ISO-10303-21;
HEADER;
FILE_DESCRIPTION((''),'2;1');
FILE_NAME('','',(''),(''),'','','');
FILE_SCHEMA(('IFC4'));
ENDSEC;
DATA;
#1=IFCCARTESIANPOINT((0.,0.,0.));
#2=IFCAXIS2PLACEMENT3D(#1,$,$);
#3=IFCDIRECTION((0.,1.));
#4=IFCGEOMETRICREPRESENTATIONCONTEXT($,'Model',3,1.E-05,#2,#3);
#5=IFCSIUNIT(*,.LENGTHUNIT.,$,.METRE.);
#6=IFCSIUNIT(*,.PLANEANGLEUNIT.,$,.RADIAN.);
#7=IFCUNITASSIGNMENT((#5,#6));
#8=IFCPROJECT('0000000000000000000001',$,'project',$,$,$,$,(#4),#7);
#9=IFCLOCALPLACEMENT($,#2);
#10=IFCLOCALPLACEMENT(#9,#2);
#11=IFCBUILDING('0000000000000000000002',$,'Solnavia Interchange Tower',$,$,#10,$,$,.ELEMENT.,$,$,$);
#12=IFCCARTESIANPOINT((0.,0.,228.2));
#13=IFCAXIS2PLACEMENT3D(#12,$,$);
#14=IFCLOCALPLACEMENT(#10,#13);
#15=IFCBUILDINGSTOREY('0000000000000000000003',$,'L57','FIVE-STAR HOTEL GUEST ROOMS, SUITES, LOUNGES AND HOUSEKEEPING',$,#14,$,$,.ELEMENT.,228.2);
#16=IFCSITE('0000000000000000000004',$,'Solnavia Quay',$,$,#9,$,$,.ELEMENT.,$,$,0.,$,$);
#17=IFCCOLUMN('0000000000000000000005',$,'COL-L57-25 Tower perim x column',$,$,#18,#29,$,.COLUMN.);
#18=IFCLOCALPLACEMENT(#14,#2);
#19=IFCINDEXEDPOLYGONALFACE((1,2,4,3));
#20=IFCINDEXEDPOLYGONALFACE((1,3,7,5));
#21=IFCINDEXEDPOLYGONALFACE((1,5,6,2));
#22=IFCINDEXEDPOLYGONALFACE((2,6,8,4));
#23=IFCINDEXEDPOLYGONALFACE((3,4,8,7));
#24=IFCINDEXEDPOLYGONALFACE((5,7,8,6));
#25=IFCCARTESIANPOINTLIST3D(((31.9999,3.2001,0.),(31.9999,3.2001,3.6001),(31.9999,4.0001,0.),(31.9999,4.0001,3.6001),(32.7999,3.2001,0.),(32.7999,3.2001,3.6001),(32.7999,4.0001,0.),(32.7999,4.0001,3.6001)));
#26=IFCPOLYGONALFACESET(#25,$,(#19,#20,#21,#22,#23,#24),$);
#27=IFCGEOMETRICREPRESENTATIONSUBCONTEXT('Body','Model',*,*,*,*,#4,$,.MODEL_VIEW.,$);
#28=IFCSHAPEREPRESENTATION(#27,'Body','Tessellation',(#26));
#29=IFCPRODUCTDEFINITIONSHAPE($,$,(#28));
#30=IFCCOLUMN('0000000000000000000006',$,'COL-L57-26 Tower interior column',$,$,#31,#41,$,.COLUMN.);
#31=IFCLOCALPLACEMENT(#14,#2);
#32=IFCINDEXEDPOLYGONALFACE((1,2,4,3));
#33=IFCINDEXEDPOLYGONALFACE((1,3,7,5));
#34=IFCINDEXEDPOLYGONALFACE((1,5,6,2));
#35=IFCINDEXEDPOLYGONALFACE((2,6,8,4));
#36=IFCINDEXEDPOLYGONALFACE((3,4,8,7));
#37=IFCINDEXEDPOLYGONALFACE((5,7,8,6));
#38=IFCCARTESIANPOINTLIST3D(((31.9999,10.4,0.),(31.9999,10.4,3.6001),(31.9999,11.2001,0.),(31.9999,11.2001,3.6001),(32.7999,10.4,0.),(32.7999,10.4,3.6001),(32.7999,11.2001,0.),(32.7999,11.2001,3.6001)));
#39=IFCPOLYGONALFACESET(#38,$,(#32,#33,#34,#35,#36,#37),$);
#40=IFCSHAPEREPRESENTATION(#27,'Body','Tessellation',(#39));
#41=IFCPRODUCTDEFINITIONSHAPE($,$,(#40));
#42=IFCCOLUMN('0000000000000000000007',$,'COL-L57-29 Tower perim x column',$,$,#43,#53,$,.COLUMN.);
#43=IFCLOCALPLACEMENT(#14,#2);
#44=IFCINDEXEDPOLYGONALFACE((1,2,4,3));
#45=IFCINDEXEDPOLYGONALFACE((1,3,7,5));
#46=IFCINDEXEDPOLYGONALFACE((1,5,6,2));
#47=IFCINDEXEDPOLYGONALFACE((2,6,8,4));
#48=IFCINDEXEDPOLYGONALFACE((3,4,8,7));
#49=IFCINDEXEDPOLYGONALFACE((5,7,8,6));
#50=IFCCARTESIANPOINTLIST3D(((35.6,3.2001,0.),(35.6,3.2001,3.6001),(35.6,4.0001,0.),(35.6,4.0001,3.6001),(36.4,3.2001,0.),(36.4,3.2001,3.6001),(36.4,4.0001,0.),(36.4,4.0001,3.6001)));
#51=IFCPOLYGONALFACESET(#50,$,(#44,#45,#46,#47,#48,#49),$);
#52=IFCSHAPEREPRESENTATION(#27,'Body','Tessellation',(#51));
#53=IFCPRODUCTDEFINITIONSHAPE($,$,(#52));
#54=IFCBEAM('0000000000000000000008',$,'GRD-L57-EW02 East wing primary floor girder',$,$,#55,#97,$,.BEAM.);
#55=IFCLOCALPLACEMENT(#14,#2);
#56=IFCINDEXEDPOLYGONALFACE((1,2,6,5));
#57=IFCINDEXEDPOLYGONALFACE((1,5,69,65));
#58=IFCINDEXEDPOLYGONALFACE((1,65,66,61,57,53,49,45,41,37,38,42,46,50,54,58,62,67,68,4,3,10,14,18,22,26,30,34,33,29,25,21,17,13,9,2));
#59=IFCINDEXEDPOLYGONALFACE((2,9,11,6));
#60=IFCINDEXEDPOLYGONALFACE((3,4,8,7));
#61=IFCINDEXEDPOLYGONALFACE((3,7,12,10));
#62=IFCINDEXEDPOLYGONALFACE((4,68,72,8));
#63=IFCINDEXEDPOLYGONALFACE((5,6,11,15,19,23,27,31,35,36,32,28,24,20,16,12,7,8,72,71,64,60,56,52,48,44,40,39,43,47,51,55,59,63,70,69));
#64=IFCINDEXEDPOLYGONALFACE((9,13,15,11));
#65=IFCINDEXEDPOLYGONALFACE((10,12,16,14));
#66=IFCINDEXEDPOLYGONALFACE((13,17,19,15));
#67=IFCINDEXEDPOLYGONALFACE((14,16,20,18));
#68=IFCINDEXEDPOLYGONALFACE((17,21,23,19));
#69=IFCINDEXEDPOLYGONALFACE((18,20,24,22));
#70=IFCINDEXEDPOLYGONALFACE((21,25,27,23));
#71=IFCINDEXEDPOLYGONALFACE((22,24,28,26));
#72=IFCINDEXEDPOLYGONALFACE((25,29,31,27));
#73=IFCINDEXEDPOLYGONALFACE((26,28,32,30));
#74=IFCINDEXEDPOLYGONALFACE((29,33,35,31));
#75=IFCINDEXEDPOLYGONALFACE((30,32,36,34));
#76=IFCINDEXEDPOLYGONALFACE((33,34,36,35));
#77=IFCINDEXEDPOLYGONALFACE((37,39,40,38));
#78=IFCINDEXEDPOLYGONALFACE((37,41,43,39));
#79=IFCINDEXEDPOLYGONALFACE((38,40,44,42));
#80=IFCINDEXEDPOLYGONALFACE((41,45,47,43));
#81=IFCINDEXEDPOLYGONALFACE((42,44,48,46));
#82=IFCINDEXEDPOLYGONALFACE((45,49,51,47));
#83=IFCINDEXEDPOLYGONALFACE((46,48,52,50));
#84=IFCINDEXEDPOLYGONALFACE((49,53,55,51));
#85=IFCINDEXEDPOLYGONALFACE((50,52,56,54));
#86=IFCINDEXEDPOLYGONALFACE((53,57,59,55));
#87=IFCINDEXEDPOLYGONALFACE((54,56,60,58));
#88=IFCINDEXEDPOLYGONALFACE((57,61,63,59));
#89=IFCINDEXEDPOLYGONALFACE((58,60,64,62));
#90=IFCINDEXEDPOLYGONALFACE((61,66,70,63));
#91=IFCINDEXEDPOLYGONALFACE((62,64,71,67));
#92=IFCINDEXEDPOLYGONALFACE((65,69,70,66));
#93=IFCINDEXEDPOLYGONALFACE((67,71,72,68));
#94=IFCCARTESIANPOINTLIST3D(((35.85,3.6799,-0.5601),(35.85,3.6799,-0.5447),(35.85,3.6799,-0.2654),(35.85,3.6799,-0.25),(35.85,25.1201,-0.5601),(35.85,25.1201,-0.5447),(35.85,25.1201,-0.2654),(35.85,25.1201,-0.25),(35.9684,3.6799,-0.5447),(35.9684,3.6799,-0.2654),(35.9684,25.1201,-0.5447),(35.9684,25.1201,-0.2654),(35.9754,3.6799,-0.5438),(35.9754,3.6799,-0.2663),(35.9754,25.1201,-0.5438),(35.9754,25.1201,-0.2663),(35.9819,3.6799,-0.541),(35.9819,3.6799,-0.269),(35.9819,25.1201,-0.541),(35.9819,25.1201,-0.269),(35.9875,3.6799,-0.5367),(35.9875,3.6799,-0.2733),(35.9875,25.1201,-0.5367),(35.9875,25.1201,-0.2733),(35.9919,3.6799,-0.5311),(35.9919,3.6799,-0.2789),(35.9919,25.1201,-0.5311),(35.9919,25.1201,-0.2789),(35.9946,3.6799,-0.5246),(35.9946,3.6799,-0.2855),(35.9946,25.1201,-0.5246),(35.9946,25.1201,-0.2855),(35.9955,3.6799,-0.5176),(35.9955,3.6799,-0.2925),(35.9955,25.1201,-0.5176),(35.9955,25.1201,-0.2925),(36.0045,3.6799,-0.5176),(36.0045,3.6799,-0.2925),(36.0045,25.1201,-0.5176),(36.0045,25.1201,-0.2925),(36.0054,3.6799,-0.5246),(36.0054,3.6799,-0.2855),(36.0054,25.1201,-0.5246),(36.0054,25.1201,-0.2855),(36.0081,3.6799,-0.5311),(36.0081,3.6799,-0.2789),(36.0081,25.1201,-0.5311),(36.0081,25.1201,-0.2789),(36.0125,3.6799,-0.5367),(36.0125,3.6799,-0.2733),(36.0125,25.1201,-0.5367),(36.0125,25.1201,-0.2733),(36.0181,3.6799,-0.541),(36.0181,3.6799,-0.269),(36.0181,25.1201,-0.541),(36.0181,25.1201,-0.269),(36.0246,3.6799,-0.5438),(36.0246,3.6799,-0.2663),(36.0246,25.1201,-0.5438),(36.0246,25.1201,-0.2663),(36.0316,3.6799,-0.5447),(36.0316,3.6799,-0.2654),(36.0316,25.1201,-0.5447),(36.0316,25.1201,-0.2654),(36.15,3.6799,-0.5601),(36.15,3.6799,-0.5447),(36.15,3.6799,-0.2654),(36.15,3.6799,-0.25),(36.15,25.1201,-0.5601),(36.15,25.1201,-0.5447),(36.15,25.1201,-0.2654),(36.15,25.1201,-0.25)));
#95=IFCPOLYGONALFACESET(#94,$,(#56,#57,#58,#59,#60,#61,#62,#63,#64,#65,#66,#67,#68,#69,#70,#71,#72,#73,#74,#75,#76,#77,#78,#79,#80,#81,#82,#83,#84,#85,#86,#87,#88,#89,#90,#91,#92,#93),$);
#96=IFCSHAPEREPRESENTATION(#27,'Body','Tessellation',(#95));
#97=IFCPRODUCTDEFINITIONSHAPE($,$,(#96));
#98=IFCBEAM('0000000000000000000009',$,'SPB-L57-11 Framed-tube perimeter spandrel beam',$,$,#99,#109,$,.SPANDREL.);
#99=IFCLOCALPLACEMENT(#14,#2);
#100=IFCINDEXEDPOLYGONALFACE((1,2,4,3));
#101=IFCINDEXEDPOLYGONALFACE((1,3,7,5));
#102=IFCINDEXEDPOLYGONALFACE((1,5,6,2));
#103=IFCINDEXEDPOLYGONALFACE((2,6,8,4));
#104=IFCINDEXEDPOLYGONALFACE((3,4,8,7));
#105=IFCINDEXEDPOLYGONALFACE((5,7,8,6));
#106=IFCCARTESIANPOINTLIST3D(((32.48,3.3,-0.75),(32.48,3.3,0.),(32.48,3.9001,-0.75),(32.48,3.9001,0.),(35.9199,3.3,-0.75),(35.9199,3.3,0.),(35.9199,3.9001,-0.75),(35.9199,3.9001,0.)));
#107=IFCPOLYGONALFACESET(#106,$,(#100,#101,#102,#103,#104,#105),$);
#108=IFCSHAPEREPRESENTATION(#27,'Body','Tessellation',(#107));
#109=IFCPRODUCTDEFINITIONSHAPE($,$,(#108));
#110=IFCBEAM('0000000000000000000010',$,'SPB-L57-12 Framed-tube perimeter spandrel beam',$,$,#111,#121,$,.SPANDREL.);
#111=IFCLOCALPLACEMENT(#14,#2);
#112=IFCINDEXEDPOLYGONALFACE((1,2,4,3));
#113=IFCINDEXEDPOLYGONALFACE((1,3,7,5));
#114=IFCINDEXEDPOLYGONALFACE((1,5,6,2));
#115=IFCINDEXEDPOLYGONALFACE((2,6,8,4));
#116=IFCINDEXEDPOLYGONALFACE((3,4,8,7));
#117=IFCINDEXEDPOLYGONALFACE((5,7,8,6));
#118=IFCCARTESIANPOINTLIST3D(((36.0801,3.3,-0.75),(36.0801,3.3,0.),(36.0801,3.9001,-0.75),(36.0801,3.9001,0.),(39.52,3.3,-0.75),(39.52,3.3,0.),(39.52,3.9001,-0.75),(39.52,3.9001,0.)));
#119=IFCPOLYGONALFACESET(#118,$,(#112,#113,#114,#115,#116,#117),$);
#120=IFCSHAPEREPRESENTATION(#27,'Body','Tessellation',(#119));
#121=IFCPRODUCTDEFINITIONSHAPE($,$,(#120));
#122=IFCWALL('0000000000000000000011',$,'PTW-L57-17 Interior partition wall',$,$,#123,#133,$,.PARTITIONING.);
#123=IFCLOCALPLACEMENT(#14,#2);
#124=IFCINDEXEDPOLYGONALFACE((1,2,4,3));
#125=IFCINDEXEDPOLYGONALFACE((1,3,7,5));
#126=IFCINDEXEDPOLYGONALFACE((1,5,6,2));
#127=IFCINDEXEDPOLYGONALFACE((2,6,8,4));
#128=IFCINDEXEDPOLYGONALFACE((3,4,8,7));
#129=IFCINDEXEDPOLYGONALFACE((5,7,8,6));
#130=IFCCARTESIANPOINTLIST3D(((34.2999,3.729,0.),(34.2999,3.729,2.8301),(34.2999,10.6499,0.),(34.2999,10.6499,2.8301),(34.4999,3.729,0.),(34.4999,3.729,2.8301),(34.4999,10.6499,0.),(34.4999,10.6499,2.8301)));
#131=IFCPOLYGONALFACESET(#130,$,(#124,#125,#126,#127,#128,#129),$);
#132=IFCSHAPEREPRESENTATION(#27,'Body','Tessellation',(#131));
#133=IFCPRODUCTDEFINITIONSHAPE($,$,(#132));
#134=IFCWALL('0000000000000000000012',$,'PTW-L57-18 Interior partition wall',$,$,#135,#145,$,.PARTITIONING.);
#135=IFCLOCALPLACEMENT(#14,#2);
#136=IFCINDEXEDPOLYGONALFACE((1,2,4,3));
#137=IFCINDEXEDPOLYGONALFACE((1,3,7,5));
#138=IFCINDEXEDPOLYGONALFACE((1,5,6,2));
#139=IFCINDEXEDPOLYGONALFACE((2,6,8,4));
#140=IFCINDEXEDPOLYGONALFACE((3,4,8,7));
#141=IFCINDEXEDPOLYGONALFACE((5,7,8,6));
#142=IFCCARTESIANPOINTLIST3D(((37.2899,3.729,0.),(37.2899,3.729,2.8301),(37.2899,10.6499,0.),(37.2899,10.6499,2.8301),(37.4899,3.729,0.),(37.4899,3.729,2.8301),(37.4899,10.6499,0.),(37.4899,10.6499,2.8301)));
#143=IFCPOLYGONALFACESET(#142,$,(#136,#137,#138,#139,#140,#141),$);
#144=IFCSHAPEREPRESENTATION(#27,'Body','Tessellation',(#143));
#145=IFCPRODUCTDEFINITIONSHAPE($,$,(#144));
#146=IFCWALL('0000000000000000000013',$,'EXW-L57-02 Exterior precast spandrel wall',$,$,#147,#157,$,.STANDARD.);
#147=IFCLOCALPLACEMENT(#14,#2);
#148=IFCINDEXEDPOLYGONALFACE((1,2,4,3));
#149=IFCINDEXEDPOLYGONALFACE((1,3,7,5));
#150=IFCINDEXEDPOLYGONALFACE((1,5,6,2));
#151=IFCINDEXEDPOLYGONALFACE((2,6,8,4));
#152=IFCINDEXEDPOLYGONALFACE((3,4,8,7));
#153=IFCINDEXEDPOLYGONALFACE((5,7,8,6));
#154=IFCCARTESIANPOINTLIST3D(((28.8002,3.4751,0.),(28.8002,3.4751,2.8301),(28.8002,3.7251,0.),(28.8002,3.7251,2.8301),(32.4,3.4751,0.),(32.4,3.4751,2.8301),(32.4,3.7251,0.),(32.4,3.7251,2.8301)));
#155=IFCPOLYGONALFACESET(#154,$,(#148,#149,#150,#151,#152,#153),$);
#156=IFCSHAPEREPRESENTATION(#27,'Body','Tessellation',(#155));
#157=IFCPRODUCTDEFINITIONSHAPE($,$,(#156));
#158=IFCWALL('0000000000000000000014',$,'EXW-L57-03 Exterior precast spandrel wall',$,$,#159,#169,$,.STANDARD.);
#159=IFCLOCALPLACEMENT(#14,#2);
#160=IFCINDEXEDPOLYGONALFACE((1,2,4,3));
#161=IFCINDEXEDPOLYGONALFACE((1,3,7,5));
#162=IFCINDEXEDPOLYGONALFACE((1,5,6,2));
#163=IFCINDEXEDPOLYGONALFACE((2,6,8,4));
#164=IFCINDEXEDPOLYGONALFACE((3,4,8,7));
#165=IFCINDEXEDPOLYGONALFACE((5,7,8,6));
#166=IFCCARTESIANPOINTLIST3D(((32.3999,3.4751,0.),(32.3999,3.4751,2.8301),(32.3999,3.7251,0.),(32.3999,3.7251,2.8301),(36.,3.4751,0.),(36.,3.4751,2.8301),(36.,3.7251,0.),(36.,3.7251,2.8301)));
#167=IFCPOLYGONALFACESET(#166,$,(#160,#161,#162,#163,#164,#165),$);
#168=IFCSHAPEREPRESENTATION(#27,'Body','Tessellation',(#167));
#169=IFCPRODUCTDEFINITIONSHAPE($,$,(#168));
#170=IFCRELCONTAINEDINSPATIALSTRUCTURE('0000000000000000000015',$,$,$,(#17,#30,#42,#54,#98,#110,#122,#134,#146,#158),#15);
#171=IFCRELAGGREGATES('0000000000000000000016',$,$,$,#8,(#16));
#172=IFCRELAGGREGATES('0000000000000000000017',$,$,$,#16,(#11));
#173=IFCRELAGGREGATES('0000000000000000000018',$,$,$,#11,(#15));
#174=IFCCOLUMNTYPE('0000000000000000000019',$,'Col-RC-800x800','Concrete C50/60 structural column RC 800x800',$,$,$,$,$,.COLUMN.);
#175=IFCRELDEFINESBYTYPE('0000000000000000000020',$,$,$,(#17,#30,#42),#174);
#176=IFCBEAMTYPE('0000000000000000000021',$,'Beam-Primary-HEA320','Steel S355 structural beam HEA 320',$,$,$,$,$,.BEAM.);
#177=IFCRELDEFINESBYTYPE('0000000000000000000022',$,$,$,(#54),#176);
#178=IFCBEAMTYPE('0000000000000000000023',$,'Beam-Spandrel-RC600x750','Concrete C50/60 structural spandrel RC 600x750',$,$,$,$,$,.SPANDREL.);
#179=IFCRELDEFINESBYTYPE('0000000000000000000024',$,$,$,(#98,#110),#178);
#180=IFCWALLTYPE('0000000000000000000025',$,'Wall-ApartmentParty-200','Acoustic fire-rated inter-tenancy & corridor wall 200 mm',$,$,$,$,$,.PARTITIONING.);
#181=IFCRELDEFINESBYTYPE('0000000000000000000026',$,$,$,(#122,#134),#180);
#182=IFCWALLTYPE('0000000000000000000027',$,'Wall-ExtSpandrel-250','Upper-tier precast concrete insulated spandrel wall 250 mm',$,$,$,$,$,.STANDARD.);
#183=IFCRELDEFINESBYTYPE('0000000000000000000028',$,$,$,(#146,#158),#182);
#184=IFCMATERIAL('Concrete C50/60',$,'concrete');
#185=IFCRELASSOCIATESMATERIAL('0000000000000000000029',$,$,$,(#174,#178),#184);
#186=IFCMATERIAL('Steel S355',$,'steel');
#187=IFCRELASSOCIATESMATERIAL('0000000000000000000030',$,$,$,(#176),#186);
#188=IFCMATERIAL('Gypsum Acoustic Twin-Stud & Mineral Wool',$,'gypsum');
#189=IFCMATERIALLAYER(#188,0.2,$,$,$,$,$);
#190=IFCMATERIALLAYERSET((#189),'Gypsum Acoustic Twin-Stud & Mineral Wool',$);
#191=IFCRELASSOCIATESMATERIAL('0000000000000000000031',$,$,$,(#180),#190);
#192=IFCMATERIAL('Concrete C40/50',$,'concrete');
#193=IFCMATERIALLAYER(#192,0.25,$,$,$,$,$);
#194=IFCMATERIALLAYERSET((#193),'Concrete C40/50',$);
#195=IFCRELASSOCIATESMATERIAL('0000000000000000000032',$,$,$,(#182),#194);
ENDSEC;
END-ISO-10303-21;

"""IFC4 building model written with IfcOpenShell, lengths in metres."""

from ifc_helpers import new_model, si_unit, direction, frame, frame_2d, origin, origin_2d, place, context, subcontext, project, spatial, rectangle, i_section, extrude, material, layer, layer_set, material_profile, profile_set, type_object, element, save


model = new_model("IFC4")

# Units and contexts
model_context = context("Model", 3, precision=1e-05, world=origin(), true_north=direction((0.0, 1.0)))
body_context = subcontext(model_context, "Body", "Model", "MODEL_VIEW")
ifc_project = project(units=[si_unit("LENGTHUNIT", "METRE"), si_unit("PLANEANGLEUNIT", "RADIAN")], contexts=[model_context])

# Site, building, storey
site_placement = place(None, origin())
site = spatial("IfcSite", under=ifc_project, at=site_placement, Name="Solnavia Quay", CompositionType="ELEMENT", RefElevation=0.0)
building_placement = place(site_placement, origin())
building = spatial("IfcBuilding", under=site, at=building_placement, Name="Solnavia Interchange Tower", CompositionType="ELEMENT")
storey_placement = place(building_placement, frame((0.0, 0.0, 228.2)))
storey = spatial("IfcBuildingStorey", under=building, at=storey_placement, Name="L57", Description="FIVE-STAR HOTEL GUEST ROOMS, SUITES, LOUNGES AND HOUSEKEEPING", CompositionType="ELEMENT", Elevation=228.2)

# Columns
ifc_material_1 = material(Name="Concrete C50/60", Category="concrete")
ifc_material_profile_1 = material_profile(ifc_material_1, rectangle(XDim=0.8, YDim=0.8, at=origin_2d()), Name="RC 800x800")
ifc_profile_set_1 = profile_set([ifc_material_profile_1], Name="Concrete C50/60")
column_type = type_object("IfcColumnType", Name="Col-RC-800x800", Description="Concrete C50/60 structural column RC 800x800", PredefinedType="COLUMN", material=ifc_profile_set_1)
for number, where, z_axis, x_axis, name in (
    (1, (32.3999, 3.6001, 0.0), (0.0, 0.0, 1.0), (1.0, 0.0, 0.0), "COL-L57-25 Tower perim x column"),
    (2, (32.3999, 10.8, 0.0), (0.0, 0.0, 1.0), (1.0, 0.0, 0.0), "COL-L57-26 Tower interior column"),
    (3, (36.0, 3.6001, 0.0), (0.0, 0.0, 1.0), (1.0, 0.0, 0.0), "COL-L57-29 Tower perim x column"),
):
    element("IfcColumn", number, at=place(storey_placement, frame(where, z_axis=z_axis, x_axis=x_axis)), inside=storey, type_object=column_type, Name=name, PredefinedType="COLUMN", context=body_context, shape_type="SweptSolid", body=[
        extrude(rectangle(XDim=0.8, YDim=0.8, at=origin_2d()), origin(), (0.0, 0.0, 1.0), 3.6001),
    ])

# Beams
ifc_material_2 = material(Name="Steel S355", Category="steel")
ifc_material_profile_2 = material_profile(ifc_material_2, i_section(OverallWidth=0.3, OverallDepth=0.3101, WebThickness=0.009, FlangeThickness=0.0154, FilletRadius=0.0271, at=origin_2d()), Name="HEA 320")
ifc_profile_set_2 = profile_set([ifc_material_profile_2], Name="Steel S355")
beam_type_1 = type_object("IfcBeamType", Name="Beam-Primary-HEA320", Description="Steel S355 structural beam HEA 320", PredefinedType="BEAM", material=ifc_profile_set_2)
beam_placement = place(storey_placement, frame((36.0, 3.6799, -0.405), z_axis=(0.0, 1.0, 0.0), x_axis=(-1.0, 0.0, 0.0)))
element("IfcBeam", 4, at=beam_placement, inside=storey, type_object=beam_type_1, Name="GRD-L57-EW02 East wing primary floor girder", PredefinedType="BEAM", context=body_context, shape_type="SweptSolid", body=[
    extrude(i_section(OverallWidth=0.3, OverallDepth=0.3101, WebThickness=0.009, FlangeThickness=0.0154, FilletRadius=0.0271, at=origin_2d()), origin(), (0.0, 0.0, 1.0), 21.4402),
])
ifc_material_profile_3 = material_profile(ifc_material_1, rectangle(XDim=0.6001, YDim=0.75, at=origin_2d()), Name="RC 600x750")
ifc_profile_set_3 = profile_set([ifc_material_profile_3], Name="Concrete C50/60")
beam_type_2 = type_object("IfcBeamType", Name="Beam-Spandrel-RC600x750", Description="Concrete C50/60 structural spandrel RC 600x750", PredefinedType="SPANDREL", material=ifc_profile_set_3)
for number, where, z_axis, x_axis, name in (
    (5, (32.48, 3.6001, -0.375), (1.0, 0.0, 0.0), (0.0, 1.0, 0.0), "SPB-L57-11 Framed-tube perimeter spandrel beam"),
    (6, (36.0801, 3.6001, -0.375), (1.0, 0.0, 0.0), (0.0, 1.0, 0.0), "SPB-L57-12 Framed-tube perimeter spandrel beam"),
):
    element("IfcBeam", number, at=place(storey_placement, frame(where, z_axis=z_axis, x_axis=x_axis)), inside=storey, type_object=beam_type_2, Name=name, PredefinedType="SPANDREL", context=body_context, shape_type="SweptSolid", body=[
        extrude(rectangle(XDim=0.6001, YDim=0.75, at=origin_2d()), origin(), (0.0, 0.0, 1.0), 3.4399),
    ])

# Walls
ifc_material_3 = material(Name="Gypsum Acoustic Twin-Stud & Mineral Wool", Category="gypsum")
ifc_layer_1 = layer(ifc_material_3, 0.2)
ifc_layer_set_1 = layer_set([ifc_layer_1], Name="Gypsum Acoustic Twin-Stud & Mineral Wool")
wall_type_1 = type_object("IfcWallType", Name="Wall-ApartmentParty-200", Description="Acoustic fire-rated inter-tenancy & corridor wall 200 mm", PredefinedType="PARTITIONING", material=ifc_layer_set_1)
for number, where, z_axis, x_axis, name in (
    (7, (34.3999, 3.729, 0.0), (0.0, 0.0, 1.0), (0.0, 1.0, 0.0), "PTW-L57-17 Interior partition wall"),
    (8, (37.3899, 3.729, 0.0), (0.0, 0.0, 1.0), (0.0, 1.0, 0.0), "PTW-L57-18 Interior partition wall"),
):
    element("IfcWall", number, at=place(storey_placement, frame(where, z_axis=z_axis, x_axis=x_axis)), inside=storey, type_object=wall_type_1, Name=name, PredefinedType="PARTITIONING", context=body_context, shape_type="SweptSolid", body=[
        extrude(rectangle(XDim=6.9209, YDim=0.2, at=frame_2d((3.4604, 0.0))), origin(), (0.0, 0.0, 1.0), 2.8301),
    ])
ifc_material_4 = material(Name="Concrete C40/50", Category="concrete")
ifc_layer_2 = layer(ifc_material_4, 0.25)
ifc_layer_set_2 = layer_set([ifc_layer_2], Name="Concrete C40/50")
wall_type_2 = type_object("IfcWallType", Name="Wall-ExtSpandrel-250", Description="Upper-tier precast concrete insulated spandrel wall 250 mm", PredefinedType="STANDARD", material=ifc_layer_set_2)
wall_1_placement = place(storey_placement, frame((32.3999, 3.6001, 0.0), z_axis=(0.0, 0.0, 1.0), x_axis=(-1.0, 0.0, 0.0)))
element("IfcWall", 9, at=wall_1_placement, inside=storey, type_object=wall_type_2, Name="EXW-L57-02 Exterior precast spandrel wall", PredefinedType="STANDARD", context=body_context, shape_type="SweptSolid", body=[
    extrude(rectangle(XDim=3.5999, YDim=0.25, at=frame_2d((1.7998, 0.0))), origin(), (0.0, 0.0, 1.0), 2.8301),
])
wall_2_placement = place(storey_placement, frame((36.0, 3.6001, 0.0), z_axis=(0.0, 0.0, 1.0), x_axis=(-1.0, 0.0, 0.0)))
element("IfcWall", 10, at=wall_2_placement, inside=storey, type_object=wall_type_2, Name="EXW-L57-03 Exterior precast spandrel wall", PredefinedType="STANDARD", context=body_context, shape_type="SweptSolid", body=[
    extrude(rectangle(XDim=3.6001, YDim=0.25, at=frame_2d((1.8, 0.0))), origin(), (0.0, 0.0, 1.0), 2.8301),
])

save(model, "model.ifc")
